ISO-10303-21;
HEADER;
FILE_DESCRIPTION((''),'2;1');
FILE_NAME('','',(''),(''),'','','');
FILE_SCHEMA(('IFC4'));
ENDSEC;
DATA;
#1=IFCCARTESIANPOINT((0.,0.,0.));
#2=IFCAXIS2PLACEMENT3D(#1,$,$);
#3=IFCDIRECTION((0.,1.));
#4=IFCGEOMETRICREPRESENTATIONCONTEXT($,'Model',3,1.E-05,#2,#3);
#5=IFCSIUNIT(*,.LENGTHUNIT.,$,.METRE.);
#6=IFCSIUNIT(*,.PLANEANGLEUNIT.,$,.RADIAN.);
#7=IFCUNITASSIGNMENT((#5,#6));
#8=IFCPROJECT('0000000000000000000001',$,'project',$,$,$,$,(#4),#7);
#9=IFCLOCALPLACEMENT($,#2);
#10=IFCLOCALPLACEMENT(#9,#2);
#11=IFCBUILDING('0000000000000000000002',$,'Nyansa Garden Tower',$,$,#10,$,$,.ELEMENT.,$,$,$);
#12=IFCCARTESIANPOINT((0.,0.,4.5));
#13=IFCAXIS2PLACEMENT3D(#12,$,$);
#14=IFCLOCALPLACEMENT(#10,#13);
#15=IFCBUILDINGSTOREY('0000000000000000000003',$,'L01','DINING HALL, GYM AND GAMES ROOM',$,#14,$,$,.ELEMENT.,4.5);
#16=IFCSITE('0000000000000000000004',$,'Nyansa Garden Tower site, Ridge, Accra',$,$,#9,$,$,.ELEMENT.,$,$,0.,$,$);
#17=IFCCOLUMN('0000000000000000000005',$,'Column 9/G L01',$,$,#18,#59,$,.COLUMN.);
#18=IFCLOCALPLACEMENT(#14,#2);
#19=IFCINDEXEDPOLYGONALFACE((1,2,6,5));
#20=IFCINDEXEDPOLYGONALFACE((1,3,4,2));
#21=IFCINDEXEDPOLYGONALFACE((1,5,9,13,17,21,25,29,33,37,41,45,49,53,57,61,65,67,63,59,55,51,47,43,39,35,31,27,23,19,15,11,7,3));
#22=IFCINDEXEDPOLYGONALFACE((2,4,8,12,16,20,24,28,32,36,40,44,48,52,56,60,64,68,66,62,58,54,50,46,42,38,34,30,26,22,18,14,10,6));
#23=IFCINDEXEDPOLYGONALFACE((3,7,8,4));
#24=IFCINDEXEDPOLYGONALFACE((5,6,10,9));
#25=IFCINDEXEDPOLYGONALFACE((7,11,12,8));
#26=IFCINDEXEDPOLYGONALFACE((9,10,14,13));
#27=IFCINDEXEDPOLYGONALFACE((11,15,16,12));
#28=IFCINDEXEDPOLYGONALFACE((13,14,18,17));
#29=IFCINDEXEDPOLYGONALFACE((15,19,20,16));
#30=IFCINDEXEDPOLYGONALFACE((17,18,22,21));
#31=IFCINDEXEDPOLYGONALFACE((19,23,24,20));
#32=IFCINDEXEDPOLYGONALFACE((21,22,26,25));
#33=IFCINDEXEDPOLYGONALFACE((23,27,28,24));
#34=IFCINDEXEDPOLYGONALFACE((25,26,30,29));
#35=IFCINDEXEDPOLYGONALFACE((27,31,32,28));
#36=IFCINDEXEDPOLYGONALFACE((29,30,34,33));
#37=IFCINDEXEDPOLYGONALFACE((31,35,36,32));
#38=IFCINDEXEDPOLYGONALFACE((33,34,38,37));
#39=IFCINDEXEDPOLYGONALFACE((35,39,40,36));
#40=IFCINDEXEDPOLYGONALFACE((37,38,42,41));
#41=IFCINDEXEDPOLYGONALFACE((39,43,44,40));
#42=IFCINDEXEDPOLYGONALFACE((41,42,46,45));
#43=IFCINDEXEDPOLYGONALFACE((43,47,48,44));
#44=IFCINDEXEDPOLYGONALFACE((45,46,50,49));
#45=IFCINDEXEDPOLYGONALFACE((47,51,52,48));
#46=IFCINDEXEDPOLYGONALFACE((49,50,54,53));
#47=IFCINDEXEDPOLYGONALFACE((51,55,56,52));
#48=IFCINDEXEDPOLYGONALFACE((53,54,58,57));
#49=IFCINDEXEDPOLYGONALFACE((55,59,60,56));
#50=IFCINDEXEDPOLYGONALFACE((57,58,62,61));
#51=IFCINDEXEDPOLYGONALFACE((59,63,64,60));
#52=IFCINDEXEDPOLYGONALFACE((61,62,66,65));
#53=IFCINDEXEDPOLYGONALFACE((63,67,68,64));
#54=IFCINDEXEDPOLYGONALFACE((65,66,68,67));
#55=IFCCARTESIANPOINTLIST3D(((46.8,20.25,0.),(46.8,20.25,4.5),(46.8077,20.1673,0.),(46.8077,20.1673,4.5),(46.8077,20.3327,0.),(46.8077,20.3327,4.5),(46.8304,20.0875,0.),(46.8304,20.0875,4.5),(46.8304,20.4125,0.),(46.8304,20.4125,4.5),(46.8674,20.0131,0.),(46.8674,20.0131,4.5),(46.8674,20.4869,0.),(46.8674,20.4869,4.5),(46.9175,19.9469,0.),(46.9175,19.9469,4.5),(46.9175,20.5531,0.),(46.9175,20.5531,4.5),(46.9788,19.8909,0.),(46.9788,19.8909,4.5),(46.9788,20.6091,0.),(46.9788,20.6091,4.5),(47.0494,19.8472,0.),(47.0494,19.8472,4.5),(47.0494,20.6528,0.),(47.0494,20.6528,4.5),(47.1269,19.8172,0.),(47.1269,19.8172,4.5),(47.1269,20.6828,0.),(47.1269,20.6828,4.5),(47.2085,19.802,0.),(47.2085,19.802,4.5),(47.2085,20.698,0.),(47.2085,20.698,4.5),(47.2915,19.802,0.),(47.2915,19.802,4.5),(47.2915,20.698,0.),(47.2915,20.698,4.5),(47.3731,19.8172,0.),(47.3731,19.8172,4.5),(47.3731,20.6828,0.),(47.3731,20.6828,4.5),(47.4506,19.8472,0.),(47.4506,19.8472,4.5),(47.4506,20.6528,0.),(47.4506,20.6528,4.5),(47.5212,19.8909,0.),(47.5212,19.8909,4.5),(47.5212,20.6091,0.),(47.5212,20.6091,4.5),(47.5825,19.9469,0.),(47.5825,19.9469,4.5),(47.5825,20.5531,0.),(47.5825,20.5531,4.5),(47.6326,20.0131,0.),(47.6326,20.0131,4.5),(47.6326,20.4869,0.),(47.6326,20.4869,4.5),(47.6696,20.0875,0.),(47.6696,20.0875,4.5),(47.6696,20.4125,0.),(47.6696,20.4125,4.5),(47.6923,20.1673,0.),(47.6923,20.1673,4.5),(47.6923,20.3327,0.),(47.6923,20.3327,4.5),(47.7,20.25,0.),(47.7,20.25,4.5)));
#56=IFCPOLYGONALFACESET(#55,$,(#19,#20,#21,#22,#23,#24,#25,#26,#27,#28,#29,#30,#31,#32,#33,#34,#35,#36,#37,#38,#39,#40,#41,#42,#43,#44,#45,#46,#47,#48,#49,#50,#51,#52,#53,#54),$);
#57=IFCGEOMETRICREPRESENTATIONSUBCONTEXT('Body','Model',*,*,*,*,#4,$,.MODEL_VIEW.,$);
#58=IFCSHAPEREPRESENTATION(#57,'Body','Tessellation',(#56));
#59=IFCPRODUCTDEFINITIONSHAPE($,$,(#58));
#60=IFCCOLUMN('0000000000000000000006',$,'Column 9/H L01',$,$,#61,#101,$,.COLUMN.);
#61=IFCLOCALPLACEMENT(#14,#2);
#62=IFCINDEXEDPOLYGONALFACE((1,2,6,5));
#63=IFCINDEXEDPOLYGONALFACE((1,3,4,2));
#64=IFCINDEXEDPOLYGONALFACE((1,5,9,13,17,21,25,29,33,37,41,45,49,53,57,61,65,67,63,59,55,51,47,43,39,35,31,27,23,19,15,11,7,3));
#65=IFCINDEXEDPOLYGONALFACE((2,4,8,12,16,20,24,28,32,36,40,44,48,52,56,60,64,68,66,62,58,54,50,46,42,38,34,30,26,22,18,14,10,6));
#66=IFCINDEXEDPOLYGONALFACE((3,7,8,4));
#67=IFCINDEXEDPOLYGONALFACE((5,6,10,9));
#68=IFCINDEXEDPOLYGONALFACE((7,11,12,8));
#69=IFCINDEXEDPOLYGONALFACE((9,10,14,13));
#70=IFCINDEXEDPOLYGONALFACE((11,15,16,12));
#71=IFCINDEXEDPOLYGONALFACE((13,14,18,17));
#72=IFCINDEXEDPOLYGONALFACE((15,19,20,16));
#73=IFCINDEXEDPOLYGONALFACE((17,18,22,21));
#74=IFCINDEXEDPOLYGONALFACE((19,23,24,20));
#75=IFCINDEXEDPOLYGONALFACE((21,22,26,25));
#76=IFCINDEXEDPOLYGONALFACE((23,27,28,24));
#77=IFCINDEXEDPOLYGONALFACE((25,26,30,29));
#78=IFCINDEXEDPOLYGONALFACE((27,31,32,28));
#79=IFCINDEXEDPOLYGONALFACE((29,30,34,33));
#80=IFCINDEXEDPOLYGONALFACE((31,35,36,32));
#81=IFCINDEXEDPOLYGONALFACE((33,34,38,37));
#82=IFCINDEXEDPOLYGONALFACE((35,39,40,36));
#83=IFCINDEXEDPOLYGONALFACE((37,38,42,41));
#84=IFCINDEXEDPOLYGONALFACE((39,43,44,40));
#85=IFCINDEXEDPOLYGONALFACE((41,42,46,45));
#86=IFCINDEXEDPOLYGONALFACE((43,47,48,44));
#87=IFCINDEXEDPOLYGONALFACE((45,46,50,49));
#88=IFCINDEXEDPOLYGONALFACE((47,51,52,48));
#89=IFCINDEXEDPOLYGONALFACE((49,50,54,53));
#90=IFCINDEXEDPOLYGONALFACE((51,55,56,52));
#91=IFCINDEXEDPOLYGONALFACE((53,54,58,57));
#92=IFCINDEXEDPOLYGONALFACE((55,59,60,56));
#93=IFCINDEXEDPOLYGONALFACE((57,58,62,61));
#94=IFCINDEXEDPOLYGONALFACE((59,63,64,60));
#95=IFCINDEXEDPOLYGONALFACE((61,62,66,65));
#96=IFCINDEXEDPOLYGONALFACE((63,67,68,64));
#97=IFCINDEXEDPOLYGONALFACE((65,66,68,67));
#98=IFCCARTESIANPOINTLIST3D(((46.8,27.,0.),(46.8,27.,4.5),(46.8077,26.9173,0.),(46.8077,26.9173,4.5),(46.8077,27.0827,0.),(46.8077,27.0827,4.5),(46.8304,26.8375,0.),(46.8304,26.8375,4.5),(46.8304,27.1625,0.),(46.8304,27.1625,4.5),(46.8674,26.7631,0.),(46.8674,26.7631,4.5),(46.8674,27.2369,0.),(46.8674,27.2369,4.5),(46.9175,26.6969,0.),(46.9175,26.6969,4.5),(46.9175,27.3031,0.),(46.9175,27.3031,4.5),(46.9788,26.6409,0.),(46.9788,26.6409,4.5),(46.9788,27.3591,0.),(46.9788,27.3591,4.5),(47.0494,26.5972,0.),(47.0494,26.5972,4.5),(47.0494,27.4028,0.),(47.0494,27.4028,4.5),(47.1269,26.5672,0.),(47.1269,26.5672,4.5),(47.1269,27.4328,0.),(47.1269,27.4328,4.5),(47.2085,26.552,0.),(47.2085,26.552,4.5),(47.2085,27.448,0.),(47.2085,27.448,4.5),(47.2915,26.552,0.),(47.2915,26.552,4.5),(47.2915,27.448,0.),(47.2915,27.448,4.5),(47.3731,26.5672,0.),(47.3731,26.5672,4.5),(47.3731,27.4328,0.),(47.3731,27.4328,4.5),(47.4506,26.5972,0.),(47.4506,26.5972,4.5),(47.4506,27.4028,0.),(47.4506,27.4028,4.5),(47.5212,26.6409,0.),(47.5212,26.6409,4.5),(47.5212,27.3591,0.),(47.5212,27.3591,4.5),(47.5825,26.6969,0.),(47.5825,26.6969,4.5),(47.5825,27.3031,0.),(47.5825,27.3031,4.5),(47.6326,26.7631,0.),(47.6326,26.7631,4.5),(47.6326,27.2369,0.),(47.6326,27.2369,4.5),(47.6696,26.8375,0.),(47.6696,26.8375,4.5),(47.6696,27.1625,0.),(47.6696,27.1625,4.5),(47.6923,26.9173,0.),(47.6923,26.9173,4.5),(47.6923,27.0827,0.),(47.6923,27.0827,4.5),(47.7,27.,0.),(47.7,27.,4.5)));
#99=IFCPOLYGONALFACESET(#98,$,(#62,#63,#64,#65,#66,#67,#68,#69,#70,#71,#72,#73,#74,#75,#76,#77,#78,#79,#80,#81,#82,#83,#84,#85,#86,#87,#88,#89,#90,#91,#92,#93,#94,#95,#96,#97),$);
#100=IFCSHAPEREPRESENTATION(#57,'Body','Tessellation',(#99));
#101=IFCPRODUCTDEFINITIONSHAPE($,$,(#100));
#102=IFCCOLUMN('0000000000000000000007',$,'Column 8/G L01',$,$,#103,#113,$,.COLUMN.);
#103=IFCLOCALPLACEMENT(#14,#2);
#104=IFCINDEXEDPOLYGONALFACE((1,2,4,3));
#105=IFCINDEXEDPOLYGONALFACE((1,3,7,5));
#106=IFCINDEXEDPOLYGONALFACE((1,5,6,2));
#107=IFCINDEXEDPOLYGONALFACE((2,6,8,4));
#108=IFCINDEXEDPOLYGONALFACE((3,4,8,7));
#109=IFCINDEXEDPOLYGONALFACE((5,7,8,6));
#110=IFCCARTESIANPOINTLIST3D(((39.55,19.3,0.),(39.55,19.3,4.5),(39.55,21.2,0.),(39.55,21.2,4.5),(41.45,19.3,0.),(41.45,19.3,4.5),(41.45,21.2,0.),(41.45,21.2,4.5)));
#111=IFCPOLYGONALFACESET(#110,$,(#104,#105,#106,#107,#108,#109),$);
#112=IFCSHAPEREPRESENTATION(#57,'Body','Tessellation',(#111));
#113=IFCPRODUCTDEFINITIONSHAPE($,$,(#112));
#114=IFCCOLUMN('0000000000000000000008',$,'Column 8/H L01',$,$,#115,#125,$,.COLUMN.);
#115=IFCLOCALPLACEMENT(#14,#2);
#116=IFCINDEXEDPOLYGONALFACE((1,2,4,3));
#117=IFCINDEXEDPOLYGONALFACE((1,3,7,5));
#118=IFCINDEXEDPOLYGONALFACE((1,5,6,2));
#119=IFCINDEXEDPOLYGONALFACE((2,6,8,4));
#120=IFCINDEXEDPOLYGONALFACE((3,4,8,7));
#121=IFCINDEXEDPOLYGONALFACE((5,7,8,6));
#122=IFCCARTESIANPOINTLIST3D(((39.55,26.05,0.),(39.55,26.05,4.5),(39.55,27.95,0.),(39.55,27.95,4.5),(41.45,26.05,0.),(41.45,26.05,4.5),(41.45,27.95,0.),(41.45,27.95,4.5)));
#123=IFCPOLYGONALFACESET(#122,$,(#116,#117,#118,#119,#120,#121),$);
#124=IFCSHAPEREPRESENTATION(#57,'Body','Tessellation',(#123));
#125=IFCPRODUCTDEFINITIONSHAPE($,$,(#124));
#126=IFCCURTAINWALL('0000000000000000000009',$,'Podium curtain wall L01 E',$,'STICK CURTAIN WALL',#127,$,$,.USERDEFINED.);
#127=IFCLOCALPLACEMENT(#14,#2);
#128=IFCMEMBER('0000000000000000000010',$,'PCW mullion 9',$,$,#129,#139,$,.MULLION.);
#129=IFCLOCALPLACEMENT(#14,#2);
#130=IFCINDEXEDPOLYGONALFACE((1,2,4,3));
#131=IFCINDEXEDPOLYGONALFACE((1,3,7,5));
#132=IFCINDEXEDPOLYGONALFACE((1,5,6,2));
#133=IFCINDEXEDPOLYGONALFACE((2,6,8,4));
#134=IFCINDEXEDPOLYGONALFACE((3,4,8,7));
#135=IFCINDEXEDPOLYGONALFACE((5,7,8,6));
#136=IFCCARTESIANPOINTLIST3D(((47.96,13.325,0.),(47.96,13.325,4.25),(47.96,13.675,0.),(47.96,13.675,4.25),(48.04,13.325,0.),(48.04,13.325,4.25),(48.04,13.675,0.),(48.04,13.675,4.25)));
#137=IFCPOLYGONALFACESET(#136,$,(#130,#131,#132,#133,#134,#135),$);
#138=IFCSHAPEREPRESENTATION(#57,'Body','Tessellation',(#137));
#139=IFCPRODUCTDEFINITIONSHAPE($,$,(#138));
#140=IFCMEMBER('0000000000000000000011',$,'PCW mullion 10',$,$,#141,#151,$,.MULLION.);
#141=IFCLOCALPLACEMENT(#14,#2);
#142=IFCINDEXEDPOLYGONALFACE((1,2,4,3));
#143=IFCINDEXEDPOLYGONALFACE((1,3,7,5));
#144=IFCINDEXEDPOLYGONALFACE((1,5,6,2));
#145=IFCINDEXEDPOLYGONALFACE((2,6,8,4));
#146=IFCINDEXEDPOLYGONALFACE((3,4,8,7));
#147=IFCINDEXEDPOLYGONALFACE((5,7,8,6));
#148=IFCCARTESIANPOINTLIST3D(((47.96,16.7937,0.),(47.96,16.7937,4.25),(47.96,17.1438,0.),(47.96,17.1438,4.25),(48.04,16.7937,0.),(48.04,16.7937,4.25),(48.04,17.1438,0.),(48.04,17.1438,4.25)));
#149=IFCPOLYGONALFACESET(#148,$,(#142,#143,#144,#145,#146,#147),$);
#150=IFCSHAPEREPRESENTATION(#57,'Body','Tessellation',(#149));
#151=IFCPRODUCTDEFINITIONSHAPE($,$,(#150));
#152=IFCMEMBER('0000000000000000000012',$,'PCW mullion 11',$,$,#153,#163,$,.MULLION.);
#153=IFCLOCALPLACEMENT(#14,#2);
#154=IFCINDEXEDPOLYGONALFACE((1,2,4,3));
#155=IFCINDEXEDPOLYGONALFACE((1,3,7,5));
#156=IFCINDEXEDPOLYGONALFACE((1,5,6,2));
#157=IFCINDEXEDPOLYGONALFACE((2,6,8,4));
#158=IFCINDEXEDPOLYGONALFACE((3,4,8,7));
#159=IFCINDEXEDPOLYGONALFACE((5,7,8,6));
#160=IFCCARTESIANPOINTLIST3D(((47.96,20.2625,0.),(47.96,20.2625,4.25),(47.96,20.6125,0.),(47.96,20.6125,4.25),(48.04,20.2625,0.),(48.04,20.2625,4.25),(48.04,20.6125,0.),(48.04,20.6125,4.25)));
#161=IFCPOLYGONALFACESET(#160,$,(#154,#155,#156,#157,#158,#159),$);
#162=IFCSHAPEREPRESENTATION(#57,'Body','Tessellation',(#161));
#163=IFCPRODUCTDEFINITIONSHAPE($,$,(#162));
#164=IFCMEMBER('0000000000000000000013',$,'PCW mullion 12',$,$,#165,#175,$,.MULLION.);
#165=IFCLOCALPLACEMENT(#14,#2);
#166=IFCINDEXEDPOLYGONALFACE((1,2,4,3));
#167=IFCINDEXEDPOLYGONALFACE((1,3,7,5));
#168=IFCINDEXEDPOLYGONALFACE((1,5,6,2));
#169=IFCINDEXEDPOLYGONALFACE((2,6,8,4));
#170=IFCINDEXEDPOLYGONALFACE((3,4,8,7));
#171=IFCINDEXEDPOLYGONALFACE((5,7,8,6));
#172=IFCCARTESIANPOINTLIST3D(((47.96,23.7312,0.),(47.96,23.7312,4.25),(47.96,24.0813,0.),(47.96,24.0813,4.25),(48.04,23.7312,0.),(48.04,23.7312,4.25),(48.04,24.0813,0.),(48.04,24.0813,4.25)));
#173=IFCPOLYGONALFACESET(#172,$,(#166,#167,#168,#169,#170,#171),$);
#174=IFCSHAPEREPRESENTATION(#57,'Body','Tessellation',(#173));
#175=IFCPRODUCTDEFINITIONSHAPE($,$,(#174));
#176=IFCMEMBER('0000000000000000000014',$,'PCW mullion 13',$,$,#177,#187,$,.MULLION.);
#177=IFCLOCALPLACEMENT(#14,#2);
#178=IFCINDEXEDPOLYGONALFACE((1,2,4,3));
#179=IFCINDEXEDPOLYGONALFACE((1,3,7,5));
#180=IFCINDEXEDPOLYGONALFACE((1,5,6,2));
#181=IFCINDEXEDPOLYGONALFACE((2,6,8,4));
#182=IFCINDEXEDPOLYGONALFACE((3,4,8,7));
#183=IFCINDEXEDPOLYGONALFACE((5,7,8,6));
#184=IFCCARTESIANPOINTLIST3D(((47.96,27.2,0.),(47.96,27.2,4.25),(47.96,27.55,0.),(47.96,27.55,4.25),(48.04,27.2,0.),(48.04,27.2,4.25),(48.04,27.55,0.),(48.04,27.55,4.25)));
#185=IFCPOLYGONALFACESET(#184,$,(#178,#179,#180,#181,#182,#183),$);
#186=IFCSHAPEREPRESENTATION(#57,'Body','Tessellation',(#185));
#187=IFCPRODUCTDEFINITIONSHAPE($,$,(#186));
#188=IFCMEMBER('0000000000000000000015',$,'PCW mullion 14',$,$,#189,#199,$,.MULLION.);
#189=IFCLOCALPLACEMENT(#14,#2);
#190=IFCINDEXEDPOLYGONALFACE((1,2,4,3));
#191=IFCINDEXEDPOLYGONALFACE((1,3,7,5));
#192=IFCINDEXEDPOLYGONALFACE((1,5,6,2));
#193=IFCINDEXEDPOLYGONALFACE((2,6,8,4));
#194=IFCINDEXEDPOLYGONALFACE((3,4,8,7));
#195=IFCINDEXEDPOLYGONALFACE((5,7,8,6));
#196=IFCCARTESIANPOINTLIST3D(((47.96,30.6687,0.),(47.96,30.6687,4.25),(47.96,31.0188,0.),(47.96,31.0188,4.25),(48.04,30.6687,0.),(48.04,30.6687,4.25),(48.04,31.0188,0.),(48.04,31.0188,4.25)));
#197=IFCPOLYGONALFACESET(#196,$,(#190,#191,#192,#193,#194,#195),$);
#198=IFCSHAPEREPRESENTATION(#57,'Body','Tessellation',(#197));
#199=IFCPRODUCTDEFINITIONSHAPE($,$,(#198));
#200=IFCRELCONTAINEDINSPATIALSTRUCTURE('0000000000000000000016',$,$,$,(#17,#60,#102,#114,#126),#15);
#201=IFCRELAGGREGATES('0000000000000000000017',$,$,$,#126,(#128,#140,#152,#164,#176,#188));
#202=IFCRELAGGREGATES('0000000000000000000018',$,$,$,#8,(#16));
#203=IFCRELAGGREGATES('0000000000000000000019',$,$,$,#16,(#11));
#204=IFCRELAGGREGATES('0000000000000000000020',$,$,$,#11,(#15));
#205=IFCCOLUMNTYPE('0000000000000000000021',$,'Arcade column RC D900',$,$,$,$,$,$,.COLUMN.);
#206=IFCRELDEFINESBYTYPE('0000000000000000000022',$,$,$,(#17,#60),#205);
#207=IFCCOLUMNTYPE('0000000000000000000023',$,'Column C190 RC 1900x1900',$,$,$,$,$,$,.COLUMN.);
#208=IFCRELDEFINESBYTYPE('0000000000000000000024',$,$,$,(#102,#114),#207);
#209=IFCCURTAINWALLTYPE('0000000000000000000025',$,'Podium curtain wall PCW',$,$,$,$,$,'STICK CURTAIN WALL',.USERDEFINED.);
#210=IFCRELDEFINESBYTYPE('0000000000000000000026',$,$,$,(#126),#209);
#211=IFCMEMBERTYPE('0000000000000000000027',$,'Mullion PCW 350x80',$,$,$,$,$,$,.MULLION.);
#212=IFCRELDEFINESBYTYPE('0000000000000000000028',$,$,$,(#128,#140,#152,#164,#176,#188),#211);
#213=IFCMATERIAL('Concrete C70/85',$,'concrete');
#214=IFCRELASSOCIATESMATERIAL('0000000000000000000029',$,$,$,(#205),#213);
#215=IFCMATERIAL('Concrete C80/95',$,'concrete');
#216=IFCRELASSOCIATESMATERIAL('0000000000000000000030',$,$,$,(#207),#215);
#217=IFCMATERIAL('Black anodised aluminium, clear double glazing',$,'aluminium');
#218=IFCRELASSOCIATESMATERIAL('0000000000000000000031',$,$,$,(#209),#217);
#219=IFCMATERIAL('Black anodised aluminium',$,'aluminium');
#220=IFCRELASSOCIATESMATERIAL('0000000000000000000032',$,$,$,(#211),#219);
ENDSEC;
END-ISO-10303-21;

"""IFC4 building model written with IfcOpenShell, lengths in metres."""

from ifc_helpers import new_model, si_unit, direction, frame, origin, origin_2d, place, context, subcontext, project, spatial, rectangle, circle, extrude, material, material_profile, profile_set, type_object, element, aggregate, save


model = new_model("IFC4")

# Units and contexts
model_context = context("Model", 3, precision=1e-05, world=origin(), true_north=direction((0.0, 1.0)))
body_context = subcontext(model_context, "Body", "Model", "MODEL_VIEW")
ifc_project = project(units=[si_unit("LENGTHUNIT", "METRE"), si_unit("PLANEANGLEUNIT", "RADIAN")], contexts=[model_context])

# Site, building, storey
site_placement = place(None, origin())
site = spatial("IfcSite", under=ifc_project, at=site_placement, Name="Nyansa Garden Tower site, Ridge, Accra", CompositionType="ELEMENT", RefElevation=0.0)
building_placement = place(site_placement, origin())
building = spatial("IfcBuilding", under=site, at=building_placement, Name="Nyansa Garden Tower", CompositionType="ELEMENT")
storey_placement = place(building_placement, frame((0.0, 0.0, 4.5)))
storey = spatial("IfcBuildingStorey", under=building, at=storey_placement, Name="L01", Description="DINING HALL, GYM AND GAMES ROOM", CompositionType="ELEMENT", Elevation=4.5)

# Columns
ifc_material_1 = material(Name="Concrete C70/85", Category="concrete")
ifc_material_profile_1 = material_profile(ifc_material_1, circle(Radius=0.45, at=origin_2d()), Name="RC D900")
ifc_profile_set_1 = profile_set([ifc_material_profile_1], Name="Concrete C70/85")
column_type_1 = type_object("IfcColumnType", Name="Arcade column RC D900", PredefinedType="COLUMN", material=ifc_profile_set_1)
for number, where, z_axis, x_axis, name in (
    (1, (47.25, 20.25, 0.0), (0.0, 0.0, 1.0), (1.0, 0.0, 0.0), "Column 9/G L01"),
    (2, (47.25, 27.0, 0.0), (0.0, 0.0, 1.0), (1.0, 0.0, 0.0), "Column 9/H L01"),
):
    element("IfcColumn", number, at=place(storey_placement, frame(where, z_axis=z_axis, x_axis=x_axis)), inside=storey, type_object=column_type_1, Name=name, PredefinedType="COLUMN", context=body_context, shape_type="SweptSolid", body=[
        extrude(circle(Radius=0.45, at=origin_2d()), origin(), (0.0, 0.0, 1.0), 4.5),
    ])
ifc_material_2 = material(Name="Concrete C80/95", Category="concrete")
ifc_material_profile_2 = material_profile(ifc_material_2, rectangle(XDim=1.8999, YDim=1.8999, at=origin_2d()), Name="RC 1900x1900")
ifc_profile_set_2 = profile_set([ifc_material_profile_2], Name="Concrete C80/95")
column_type_2 = type_object("IfcColumnType", Name="Column C190 RC 1900x1900", PredefinedType="COLUMN", material=ifc_profile_set_2)
for number, where, z_axis, x_axis, name in (
    (3, (40.5, 20.25, 0.0), (0.0, 0.0, 1.0), (1.0, 0.0, 0.0), "Column 8/G L01"),
    (4, (40.5, 27.0, 0.0), (0.0, 0.0, 1.0), (1.0, 0.0, 0.0), "Column 8/H L01"),
):
    element("IfcColumn", number, at=place(storey_placement, frame(where, z_axis=z_axis, x_axis=x_axis)), inside=storey, type_object=column_type_2, Name=name, PredefinedType="COLUMN", context=body_context, shape_type="SweptSolid", body=[
        extrude(rectangle(XDim=1.8999, YDim=1.8999, at=origin_2d()), origin(), (0.0, 0.0, 1.0), 4.5),
    ])

# Curtain wall, members
ifc_material_3 = material(Name="Black anodised aluminium, clear double glazing", Category="aluminium")
curtain_wall_type = type_object("IfcCurtainWallType", Name="Podium curtain wall PCW", ElementType="STICK CURTAIN WALL", PredefinedType="USERDEFINED", material=ifc_material_3)
curtain_wall_placement = place(storey_placement, origin())
curtain_wall = element("IfcCurtainWall", 5, at=curtain_wall_placement, inside=storey, type_object=curtain_wall_type, Name="Podium curtain wall L01 E", ObjectType="STICK CURTAIN WALL", PredefinedType="USERDEFINED")
ifc_material_4 = material(Name="Black anodised aluminium", Category="aluminium")
ifc_material_profile_3 = material_profile(ifc_material_4, rectangle(XDim=0.0801, YDim=0.3501, at=origin_2d()), Name="Mullion 350x80")
ifc_profile_set_3 = profile_set([ifc_material_profile_3], Name="Black anodised aluminium")
member_type_1 = type_object("IfcMemberType", Name="Mullion PCW 350x80", PredefinedType="MULLION", material=ifc_profile_set_3)
member_1_placement = place(storey_placement, frame((48.0, 13.5, 0.0), z_axis=(0.0, 0.0, 1.0), x_axis=(-1.0, 0.0, 0.0)))
member_1 = element("IfcMember", 6, at=member_1_placement, type_object=member_type_1, Name="PCW mullion 9", PredefinedType="MULLION", context=body_context, shape_type="SweptSolid", body=[
    extrude(rectangle(XDim=0.0801, YDim=0.3501, at=origin_2d()), origin(), (0.0, 0.0, 1.0), 4.25),
])
member_2_placement = place(storey_placement, frame((48.0, 16.9688, 0.0), z_axis=(0.0, 0.0, 1.0), x_axis=(-1.0, 0.0, 0.0)))
member_2 = element("IfcMember", 7, at=member_2_placement, type_object=member_type_1, Name="PCW mullion 10", PredefinedType="MULLION", context=body_context, shape_type="SweptSolid", body=[
    extrude(rectangle(XDim=0.0801, YDim=0.3501, at=origin_2d()), origin(), (0.0, 0.0, 1.0), 4.25),
])
member_3_placement = place(storey_placement, frame((48.0, 20.4375, 0.0), z_axis=(0.0, 0.0, 1.0), x_axis=(-1.0, 0.0, 0.0)))
member_3 = element("IfcMember", 8, at=member_3_placement, type_object=member_type_1, Name="PCW mullion 11", PredefinedType="MULLION", context=body_context, shape_type="SweptSolid", body=[
    extrude(rectangle(XDim=0.0801, YDim=0.3501, at=origin_2d()), origin(), (0.0, 0.0, 1.0), 4.25),
])
member_4_placement = place(storey_placement, frame((48.0, 23.9062, 0.0), z_axis=(0.0, 0.0, 1.0), x_axis=(-1.0, 0.0, 0.0)))
member_4 = element("IfcMember", 9, at=member_4_placement, type_object=member_type_1, Name="PCW mullion 12", PredefinedType="MULLION", context=body_context, shape_type="SweptSolid", body=[
    extrude(rectangle(XDim=0.0801, YDim=0.3501, at=origin_2d()), origin(), (0.0, 0.0, 1.0), 4.25),
])
member_5_placement = place(storey_placement, frame((48.0, 27.375, 0.0), z_axis=(0.0, 0.0, 1.0), x_axis=(-1.0, 0.0, 0.0)))
member_5 = element("IfcMember", 10, at=member_5_placement, type_object=member_type_1, Name="PCW mullion 13", PredefinedType="MULLION", context=body_context, shape_type="SweptSolid", body=[
    extrude(rectangle(XDim=0.0801, YDim=0.3501, at=origin_2d()), origin(), (0.0, 0.0, 1.0), 4.25),
])
member_6_placement = place(storey_placement, frame((48.0, 30.8438, 0.0), z_axis=(0.0, 0.0, 1.0), x_axis=(-1.0, 0.0, 0.0)))
member_6 = element("IfcMember", 11, at=member_6_placement, type_object=member_type_1, Name="PCW mullion 14", PredefinedType="MULLION", context=body_context, shape_type="SweptSolid", body=[
    extrude(rectangle(XDim=0.0801, YDim=0.3501, at=origin_2d()), origin(), (0.0, 0.0, 1.0), 4.25),
])

aggregate(curtain_wall, [member_1, member_2, member_3, member_4, member_5, member_6])

save(model, "model.ifc")
